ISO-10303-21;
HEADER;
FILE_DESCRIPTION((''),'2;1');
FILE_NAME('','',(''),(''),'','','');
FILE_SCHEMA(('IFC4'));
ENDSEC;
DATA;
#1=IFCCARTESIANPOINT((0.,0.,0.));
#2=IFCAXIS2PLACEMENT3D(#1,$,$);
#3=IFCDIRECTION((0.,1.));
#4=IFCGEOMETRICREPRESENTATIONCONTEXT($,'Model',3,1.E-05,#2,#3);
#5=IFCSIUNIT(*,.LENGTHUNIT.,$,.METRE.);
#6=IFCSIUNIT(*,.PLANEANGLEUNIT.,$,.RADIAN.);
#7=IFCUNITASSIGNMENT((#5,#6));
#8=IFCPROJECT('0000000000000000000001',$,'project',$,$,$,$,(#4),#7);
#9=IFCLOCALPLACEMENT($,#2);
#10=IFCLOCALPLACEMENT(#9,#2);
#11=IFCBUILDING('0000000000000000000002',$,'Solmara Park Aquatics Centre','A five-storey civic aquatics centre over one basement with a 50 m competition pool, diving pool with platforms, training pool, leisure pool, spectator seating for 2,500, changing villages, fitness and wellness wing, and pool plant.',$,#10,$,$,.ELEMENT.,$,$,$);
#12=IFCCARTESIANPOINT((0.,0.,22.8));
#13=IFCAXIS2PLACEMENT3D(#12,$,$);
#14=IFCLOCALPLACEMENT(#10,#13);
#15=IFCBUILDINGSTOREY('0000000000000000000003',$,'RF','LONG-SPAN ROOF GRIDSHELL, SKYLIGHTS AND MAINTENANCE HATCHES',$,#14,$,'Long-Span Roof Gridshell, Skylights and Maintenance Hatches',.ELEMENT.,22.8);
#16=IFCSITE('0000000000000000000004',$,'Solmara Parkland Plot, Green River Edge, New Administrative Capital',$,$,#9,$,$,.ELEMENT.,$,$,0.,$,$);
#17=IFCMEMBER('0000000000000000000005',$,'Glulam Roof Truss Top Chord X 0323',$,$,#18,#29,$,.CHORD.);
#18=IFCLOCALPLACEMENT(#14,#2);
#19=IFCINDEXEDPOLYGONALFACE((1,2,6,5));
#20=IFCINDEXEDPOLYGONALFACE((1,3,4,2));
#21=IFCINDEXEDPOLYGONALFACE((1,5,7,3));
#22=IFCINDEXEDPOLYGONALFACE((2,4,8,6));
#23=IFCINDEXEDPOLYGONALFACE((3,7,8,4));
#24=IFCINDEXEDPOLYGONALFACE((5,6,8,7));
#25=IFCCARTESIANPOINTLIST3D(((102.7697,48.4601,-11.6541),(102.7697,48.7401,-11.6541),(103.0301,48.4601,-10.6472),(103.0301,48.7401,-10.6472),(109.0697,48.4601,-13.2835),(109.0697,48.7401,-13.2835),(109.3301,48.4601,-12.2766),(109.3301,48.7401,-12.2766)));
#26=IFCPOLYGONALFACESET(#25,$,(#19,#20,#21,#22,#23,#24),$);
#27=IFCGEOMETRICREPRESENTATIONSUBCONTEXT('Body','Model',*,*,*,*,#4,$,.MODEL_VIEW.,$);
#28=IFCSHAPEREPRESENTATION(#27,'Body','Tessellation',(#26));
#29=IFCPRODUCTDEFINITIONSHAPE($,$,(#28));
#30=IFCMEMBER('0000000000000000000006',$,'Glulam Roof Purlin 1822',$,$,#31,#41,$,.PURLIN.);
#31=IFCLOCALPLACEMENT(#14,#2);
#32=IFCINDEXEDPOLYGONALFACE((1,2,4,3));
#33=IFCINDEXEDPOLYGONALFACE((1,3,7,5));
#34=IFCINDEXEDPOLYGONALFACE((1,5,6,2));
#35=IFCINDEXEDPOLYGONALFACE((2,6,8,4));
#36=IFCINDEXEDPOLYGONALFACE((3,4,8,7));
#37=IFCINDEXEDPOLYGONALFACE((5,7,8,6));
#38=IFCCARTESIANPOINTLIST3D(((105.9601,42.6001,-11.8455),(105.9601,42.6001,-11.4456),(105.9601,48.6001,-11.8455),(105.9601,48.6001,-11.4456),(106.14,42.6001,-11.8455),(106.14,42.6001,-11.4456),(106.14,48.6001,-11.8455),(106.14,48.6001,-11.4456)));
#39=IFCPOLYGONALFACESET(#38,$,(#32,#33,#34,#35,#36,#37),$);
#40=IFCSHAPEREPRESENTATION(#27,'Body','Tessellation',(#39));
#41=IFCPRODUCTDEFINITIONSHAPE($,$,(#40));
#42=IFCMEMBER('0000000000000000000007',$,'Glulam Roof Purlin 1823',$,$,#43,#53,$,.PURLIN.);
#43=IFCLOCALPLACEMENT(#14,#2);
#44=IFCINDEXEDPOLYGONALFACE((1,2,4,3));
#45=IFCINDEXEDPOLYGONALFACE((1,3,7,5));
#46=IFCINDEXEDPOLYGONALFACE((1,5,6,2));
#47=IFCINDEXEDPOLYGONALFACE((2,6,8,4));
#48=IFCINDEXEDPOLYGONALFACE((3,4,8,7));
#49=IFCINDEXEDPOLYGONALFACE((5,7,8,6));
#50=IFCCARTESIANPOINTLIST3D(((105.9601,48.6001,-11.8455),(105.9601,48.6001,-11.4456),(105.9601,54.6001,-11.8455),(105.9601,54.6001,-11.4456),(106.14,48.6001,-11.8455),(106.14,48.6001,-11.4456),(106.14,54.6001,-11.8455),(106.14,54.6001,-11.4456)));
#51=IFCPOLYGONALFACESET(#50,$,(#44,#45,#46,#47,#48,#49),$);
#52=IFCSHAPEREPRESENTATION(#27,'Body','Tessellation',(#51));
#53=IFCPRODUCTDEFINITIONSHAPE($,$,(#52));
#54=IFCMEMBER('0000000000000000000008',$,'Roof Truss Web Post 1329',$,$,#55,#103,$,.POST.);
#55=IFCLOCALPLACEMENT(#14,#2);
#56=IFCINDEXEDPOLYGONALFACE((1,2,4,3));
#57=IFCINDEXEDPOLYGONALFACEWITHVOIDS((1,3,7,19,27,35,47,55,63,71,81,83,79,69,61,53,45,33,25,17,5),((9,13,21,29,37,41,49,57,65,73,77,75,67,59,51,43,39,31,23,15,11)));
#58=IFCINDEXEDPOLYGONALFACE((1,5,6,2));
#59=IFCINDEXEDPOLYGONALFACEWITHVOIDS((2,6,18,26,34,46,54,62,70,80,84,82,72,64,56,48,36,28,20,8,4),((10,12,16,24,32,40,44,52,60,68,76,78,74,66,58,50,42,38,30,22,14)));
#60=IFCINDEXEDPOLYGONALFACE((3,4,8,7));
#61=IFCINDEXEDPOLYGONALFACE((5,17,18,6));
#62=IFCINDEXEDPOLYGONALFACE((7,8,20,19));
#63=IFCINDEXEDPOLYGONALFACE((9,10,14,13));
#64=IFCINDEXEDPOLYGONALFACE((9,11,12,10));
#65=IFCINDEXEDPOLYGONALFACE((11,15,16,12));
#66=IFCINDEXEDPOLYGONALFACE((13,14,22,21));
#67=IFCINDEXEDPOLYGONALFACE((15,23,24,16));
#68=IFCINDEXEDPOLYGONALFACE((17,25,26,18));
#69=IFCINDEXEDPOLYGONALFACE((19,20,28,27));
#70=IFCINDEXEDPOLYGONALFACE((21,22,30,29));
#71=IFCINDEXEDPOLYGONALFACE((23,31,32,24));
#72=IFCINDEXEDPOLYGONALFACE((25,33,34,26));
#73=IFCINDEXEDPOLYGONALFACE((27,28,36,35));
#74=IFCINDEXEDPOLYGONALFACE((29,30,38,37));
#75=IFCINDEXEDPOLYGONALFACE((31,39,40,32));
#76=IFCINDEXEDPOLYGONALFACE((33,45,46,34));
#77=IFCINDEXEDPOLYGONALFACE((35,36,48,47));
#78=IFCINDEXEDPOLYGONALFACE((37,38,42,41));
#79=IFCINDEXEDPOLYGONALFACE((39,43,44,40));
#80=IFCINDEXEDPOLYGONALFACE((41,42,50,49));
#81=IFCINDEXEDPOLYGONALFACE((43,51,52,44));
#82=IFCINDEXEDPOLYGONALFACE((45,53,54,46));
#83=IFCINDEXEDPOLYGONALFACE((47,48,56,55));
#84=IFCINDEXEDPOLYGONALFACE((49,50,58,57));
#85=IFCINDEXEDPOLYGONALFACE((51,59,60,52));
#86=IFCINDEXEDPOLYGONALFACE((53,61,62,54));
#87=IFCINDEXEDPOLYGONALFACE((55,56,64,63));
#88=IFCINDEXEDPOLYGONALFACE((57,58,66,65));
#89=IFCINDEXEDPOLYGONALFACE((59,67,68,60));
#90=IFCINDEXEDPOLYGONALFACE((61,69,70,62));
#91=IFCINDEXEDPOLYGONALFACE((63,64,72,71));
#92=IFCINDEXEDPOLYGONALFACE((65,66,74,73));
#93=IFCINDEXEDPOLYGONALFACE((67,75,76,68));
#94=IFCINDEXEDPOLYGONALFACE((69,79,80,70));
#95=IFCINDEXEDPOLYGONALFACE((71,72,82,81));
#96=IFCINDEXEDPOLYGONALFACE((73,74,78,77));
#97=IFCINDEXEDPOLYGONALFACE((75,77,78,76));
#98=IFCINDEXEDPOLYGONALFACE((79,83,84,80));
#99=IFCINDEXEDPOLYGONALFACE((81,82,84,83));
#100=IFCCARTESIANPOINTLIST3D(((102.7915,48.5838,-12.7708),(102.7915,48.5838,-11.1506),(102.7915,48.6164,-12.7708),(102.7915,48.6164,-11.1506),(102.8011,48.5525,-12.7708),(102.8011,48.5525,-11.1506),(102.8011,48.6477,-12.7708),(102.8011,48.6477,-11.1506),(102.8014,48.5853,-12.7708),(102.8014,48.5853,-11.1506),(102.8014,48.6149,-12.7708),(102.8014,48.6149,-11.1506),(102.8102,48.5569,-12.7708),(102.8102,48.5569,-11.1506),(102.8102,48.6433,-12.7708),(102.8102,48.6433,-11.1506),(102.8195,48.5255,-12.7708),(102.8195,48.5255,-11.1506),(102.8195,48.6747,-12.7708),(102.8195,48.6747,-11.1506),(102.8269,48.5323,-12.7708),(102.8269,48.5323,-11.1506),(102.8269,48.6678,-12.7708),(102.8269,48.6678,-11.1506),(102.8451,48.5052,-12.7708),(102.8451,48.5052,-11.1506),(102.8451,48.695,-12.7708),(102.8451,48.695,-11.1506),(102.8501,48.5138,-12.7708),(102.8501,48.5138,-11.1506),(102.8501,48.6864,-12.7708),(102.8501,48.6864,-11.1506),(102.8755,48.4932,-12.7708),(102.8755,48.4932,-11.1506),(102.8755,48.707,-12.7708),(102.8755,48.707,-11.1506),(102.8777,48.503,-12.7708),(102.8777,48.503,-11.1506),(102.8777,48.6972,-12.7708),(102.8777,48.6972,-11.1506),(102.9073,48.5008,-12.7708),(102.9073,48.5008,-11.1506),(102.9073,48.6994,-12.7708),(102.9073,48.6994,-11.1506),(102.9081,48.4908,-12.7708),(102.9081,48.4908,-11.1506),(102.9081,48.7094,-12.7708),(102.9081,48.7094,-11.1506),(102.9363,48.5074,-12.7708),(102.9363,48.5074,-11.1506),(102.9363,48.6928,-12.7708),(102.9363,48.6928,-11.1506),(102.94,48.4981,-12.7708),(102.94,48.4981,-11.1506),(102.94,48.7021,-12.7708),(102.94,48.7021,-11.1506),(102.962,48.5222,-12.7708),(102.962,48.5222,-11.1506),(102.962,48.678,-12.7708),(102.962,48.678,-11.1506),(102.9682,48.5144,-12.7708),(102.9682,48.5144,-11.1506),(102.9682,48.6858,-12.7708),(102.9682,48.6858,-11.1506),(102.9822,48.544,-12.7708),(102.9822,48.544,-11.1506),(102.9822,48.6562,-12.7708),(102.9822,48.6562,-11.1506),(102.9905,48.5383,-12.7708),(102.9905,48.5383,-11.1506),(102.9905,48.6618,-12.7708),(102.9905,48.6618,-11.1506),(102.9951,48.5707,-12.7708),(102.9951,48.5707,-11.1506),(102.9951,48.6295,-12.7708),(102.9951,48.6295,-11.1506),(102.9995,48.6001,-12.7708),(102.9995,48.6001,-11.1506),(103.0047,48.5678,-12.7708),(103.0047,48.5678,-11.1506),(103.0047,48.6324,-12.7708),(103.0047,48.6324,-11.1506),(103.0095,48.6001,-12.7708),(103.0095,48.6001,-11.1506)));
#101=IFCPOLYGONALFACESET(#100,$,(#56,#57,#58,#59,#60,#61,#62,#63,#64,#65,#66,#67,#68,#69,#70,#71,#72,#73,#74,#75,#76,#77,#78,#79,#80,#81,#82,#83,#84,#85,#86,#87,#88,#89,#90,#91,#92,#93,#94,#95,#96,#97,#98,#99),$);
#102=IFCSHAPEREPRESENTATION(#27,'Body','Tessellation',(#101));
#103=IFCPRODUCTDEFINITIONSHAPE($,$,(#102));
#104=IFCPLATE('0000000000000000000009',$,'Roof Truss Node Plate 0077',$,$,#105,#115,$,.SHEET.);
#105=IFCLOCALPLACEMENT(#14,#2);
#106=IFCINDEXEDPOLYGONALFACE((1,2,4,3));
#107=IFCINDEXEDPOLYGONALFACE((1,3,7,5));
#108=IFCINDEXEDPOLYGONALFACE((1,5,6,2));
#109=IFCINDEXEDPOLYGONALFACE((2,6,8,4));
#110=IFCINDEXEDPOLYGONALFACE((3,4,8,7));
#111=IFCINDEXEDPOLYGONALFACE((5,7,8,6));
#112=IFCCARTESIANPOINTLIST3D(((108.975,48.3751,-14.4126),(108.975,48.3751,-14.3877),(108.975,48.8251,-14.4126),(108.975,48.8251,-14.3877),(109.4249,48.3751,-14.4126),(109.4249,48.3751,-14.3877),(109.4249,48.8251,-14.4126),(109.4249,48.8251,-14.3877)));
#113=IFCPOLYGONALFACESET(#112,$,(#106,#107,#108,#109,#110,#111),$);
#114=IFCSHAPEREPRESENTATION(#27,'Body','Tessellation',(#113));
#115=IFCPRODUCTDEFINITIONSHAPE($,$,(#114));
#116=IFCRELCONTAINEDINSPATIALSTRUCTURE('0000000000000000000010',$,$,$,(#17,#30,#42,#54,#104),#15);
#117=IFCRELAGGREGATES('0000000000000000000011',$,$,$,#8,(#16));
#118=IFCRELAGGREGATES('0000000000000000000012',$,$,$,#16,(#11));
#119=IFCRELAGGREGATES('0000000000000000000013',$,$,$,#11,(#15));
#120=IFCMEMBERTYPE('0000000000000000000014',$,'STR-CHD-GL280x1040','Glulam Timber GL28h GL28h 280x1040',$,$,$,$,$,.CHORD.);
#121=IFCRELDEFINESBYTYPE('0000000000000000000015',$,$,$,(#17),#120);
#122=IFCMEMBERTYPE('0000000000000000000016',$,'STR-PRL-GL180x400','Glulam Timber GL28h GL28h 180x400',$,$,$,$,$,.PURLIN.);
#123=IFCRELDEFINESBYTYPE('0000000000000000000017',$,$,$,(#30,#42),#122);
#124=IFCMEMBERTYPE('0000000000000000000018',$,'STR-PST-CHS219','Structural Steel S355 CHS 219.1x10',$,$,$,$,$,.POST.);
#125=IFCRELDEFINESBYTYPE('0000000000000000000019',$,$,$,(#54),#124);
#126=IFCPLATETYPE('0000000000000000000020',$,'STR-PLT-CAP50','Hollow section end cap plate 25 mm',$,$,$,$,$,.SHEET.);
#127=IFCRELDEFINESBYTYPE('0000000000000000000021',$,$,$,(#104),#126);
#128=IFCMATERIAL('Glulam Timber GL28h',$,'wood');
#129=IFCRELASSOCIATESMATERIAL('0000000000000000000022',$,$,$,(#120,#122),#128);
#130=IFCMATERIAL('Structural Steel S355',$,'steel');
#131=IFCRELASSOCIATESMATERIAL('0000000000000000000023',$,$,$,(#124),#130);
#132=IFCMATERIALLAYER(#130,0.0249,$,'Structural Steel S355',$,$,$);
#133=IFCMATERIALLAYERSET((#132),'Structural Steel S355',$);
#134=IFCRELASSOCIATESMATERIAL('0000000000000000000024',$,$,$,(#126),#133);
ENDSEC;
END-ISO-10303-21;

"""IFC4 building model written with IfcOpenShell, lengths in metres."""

from ifc_helpers import new_model, si_unit, direction, frame, origin, origin_2d, place, context, subcontext, project, spatial, rectangle, hollow_circle, extrude, material, layer, layer_set, material_profile, profile_set, type_object, element, save


model = new_model("IFC4")

# Units and contexts
model_context = context("Model", 3, precision=1e-05, world=origin(), true_north=direction((0.0, 1.0)))
body_context = subcontext(model_context, "Body", "Model", "MODEL_VIEW")
ifc_project = project(units=[si_unit("LENGTHUNIT", "METRE"), si_unit("PLANEANGLEUNIT", "RADIAN")], contexts=[model_context])

# Site, building, storey
site_placement = place(None, origin())
site = spatial("IfcSite", under=ifc_project, at=site_placement, Name="Solmara Parkland Plot, Green River Edge, New Administrative Capital", CompositionType="ELEMENT", RefElevation=0.0)
building_placement = place(site_placement, origin())
building = spatial("IfcBuilding", under=site, at=building_placement, Name="Solmara Park Aquatics Centre", Description="A five-storey civic aquatics centre over one basement with a 50 m competition pool, diving pool with platforms, training pool, leisure pool, spectator seating for 2,500, changing villages, fitness and wellness wing, and pool plant.", CompositionType="ELEMENT")
storey_placement = place(building_placement, frame((0.0, 0.0, 22.8)))
storey = spatial("IfcBuildingStorey", under=building, at=storey_placement, Name="RF", Description="LONG-SPAN ROOF GRIDSHELL, SKYLIGHTS AND MAINTENANCE HATCHES", LongName="Long-Span Roof Gridshell, Skylights and Maintenance Hatches", CompositionType="ELEMENT", Elevation=22.8)

# Shared definitions
ifc_material_1 = material(Name="Structural Steel S355", Category="steel")

# Members
ifc_material_2 = material(Name="Glulam Timber GL28h", Category="wood")
ifc_material_profile_1 = material_profile(ifc_material_2, rectangle(XDim=0.28, YDim=1.04, at=origin_2d()), Name="GL28h 280x1040")
ifc_profile_set_1 = profile_set([ifc_material_profile_1], Name="Glulam Timber GL28h")
member_type_1 = type_object("IfcMemberType", Name="STR-CHD-GL280x1040", Description="Glulam Timber GL28h GL28h 280x1040", PredefinedType="CHORD", material=ifc_profile_set_1)
member_1_placement = place(storey_placement, frame((102.8999, 48.6001, -11.1506), z_axis=(0.968144, 0.0, -0.250393), x_axis=(0.0, 1.0, 0.0)))
element("IfcMember", 1, at=member_1_placement, inside=storey, type_object=member_type_1, Name="Glulam Roof Truss Top Chord X 0323", PredefinedType="CHORD", context=body_context, shape_type="SweptSolid", body=[
    extrude(rectangle(XDim=0.28, YDim=1.04, at=origin_2d()), origin(), (0.0, 0.0, 1.0), 6.5073),
])
ifc_material_profile_2 = material_profile(ifc_material_2, rectangle(XDim=0.1799, YDim=0.3999, at=origin_2d()), Name="GL28h 180x400")
ifc_profile_set_2 = profile_set([ifc_material_profile_2], Name="Glulam Timber GL28h")
member_type_2 = type_object("IfcMemberType", Name="STR-PRL-GL180x400", Description="Glulam Timber GL28h GL28h 180x400", PredefinedType="PURLIN", material=ifc_profile_set_2)
for number, where, z_axis, x_axis, name in (
    (2, (106.05, 42.6001, -11.6455), (0.0, 1.0, 0.0), (-1.0, 0.0, 0.0), "Glulam Roof Purlin 1822"),
    (3, (106.05, 48.6001, -11.6455), (0.0, 1.0, 0.0), (-1.0, 0.0, 0.0), "Glulam Roof Purlin 1823"),
):
    element("IfcMember", number, at=place(storey_placement, frame(where, z_axis=z_axis, x_axis=x_axis)), inside=storey, type_object=member_type_2, Name=name, PredefinedType="PURLIN", context=body_context, shape_type="SweptSolid", body=[
        extrude(rectangle(XDim=0.1799, YDim=0.3999, at=origin_2d()), origin(), (0.0, 0.0, 1.0), 6.0),
    ])
ifc_material_profile_3 = material_profile(ifc_material_1, hollow_circle(Radius=0.1096, WallThickness=0.01, at=origin_2d()), Name="CHS 219.1x10")
ifc_profile_set_3 = profile_set([ifc_material_profile_3], Name="Structural Steel S355")
member_type_3 = type_object("IfcMemberType", Name="STR-PST-CHS219", Description="Structural Steel S355 CHS 219.1x10", PredefinedType="POST", material=ifc_profile_set_3)
member_2_placement = place(storey_placement, frame((102.8999, 48.6001, -12.7708), z_axis=(0.0, 0.0, 1.0), x_axis=(1.0, 0.0, 0.0)))
element("IfcMember", 4, at=member_2_placement, inside=storey, type_object=member_type_3, Name="Roof Truss Web Post 1329", PredefinedType="POST", context=body_context, shape_type="SweptSolid", body=[
    extrude(hollow_circle(Radius=0.1096, WallThickness=0.01, at=origin_2d()), origin(), (0.0, 0.0, 1.0), 1.6201),
])

# Plate
ifc_layer = layer(ifc_material_1, 0.0249, Name="Structural Steel S355")
ifc_layer_set = layer_set([ifc_layer], Name="Structural Steel S355")
plate_type = type_object("IfcPlateType", Name="STR-PLT-CAP50", Description="Hollow section end cap plate 25 mm", PredefinedType="SHEET", material=ifc_layer_set)
plate_placement = place(storey_placement, frame((109.2, 48.6001, -14.4126), z_axis=(0.0, 0.0, 1.0), x_axis=(1.0, 0.0, 0.0)))
element("IfcPlate", 5, at=plate_placement, inside=storey, type_object=plate_type, Name="Roof Truss Node Plate 0077", PredefinedType="SHEET", context=body_context, shape_type="SweptSolid", body=[
    extrude(rectangle(XDim=0.45, YDim=0.45, at=origin_2d()), origin(), (0.0, 0.0, 1.0), 0.0249),
])

save(model, "model.ifc")
